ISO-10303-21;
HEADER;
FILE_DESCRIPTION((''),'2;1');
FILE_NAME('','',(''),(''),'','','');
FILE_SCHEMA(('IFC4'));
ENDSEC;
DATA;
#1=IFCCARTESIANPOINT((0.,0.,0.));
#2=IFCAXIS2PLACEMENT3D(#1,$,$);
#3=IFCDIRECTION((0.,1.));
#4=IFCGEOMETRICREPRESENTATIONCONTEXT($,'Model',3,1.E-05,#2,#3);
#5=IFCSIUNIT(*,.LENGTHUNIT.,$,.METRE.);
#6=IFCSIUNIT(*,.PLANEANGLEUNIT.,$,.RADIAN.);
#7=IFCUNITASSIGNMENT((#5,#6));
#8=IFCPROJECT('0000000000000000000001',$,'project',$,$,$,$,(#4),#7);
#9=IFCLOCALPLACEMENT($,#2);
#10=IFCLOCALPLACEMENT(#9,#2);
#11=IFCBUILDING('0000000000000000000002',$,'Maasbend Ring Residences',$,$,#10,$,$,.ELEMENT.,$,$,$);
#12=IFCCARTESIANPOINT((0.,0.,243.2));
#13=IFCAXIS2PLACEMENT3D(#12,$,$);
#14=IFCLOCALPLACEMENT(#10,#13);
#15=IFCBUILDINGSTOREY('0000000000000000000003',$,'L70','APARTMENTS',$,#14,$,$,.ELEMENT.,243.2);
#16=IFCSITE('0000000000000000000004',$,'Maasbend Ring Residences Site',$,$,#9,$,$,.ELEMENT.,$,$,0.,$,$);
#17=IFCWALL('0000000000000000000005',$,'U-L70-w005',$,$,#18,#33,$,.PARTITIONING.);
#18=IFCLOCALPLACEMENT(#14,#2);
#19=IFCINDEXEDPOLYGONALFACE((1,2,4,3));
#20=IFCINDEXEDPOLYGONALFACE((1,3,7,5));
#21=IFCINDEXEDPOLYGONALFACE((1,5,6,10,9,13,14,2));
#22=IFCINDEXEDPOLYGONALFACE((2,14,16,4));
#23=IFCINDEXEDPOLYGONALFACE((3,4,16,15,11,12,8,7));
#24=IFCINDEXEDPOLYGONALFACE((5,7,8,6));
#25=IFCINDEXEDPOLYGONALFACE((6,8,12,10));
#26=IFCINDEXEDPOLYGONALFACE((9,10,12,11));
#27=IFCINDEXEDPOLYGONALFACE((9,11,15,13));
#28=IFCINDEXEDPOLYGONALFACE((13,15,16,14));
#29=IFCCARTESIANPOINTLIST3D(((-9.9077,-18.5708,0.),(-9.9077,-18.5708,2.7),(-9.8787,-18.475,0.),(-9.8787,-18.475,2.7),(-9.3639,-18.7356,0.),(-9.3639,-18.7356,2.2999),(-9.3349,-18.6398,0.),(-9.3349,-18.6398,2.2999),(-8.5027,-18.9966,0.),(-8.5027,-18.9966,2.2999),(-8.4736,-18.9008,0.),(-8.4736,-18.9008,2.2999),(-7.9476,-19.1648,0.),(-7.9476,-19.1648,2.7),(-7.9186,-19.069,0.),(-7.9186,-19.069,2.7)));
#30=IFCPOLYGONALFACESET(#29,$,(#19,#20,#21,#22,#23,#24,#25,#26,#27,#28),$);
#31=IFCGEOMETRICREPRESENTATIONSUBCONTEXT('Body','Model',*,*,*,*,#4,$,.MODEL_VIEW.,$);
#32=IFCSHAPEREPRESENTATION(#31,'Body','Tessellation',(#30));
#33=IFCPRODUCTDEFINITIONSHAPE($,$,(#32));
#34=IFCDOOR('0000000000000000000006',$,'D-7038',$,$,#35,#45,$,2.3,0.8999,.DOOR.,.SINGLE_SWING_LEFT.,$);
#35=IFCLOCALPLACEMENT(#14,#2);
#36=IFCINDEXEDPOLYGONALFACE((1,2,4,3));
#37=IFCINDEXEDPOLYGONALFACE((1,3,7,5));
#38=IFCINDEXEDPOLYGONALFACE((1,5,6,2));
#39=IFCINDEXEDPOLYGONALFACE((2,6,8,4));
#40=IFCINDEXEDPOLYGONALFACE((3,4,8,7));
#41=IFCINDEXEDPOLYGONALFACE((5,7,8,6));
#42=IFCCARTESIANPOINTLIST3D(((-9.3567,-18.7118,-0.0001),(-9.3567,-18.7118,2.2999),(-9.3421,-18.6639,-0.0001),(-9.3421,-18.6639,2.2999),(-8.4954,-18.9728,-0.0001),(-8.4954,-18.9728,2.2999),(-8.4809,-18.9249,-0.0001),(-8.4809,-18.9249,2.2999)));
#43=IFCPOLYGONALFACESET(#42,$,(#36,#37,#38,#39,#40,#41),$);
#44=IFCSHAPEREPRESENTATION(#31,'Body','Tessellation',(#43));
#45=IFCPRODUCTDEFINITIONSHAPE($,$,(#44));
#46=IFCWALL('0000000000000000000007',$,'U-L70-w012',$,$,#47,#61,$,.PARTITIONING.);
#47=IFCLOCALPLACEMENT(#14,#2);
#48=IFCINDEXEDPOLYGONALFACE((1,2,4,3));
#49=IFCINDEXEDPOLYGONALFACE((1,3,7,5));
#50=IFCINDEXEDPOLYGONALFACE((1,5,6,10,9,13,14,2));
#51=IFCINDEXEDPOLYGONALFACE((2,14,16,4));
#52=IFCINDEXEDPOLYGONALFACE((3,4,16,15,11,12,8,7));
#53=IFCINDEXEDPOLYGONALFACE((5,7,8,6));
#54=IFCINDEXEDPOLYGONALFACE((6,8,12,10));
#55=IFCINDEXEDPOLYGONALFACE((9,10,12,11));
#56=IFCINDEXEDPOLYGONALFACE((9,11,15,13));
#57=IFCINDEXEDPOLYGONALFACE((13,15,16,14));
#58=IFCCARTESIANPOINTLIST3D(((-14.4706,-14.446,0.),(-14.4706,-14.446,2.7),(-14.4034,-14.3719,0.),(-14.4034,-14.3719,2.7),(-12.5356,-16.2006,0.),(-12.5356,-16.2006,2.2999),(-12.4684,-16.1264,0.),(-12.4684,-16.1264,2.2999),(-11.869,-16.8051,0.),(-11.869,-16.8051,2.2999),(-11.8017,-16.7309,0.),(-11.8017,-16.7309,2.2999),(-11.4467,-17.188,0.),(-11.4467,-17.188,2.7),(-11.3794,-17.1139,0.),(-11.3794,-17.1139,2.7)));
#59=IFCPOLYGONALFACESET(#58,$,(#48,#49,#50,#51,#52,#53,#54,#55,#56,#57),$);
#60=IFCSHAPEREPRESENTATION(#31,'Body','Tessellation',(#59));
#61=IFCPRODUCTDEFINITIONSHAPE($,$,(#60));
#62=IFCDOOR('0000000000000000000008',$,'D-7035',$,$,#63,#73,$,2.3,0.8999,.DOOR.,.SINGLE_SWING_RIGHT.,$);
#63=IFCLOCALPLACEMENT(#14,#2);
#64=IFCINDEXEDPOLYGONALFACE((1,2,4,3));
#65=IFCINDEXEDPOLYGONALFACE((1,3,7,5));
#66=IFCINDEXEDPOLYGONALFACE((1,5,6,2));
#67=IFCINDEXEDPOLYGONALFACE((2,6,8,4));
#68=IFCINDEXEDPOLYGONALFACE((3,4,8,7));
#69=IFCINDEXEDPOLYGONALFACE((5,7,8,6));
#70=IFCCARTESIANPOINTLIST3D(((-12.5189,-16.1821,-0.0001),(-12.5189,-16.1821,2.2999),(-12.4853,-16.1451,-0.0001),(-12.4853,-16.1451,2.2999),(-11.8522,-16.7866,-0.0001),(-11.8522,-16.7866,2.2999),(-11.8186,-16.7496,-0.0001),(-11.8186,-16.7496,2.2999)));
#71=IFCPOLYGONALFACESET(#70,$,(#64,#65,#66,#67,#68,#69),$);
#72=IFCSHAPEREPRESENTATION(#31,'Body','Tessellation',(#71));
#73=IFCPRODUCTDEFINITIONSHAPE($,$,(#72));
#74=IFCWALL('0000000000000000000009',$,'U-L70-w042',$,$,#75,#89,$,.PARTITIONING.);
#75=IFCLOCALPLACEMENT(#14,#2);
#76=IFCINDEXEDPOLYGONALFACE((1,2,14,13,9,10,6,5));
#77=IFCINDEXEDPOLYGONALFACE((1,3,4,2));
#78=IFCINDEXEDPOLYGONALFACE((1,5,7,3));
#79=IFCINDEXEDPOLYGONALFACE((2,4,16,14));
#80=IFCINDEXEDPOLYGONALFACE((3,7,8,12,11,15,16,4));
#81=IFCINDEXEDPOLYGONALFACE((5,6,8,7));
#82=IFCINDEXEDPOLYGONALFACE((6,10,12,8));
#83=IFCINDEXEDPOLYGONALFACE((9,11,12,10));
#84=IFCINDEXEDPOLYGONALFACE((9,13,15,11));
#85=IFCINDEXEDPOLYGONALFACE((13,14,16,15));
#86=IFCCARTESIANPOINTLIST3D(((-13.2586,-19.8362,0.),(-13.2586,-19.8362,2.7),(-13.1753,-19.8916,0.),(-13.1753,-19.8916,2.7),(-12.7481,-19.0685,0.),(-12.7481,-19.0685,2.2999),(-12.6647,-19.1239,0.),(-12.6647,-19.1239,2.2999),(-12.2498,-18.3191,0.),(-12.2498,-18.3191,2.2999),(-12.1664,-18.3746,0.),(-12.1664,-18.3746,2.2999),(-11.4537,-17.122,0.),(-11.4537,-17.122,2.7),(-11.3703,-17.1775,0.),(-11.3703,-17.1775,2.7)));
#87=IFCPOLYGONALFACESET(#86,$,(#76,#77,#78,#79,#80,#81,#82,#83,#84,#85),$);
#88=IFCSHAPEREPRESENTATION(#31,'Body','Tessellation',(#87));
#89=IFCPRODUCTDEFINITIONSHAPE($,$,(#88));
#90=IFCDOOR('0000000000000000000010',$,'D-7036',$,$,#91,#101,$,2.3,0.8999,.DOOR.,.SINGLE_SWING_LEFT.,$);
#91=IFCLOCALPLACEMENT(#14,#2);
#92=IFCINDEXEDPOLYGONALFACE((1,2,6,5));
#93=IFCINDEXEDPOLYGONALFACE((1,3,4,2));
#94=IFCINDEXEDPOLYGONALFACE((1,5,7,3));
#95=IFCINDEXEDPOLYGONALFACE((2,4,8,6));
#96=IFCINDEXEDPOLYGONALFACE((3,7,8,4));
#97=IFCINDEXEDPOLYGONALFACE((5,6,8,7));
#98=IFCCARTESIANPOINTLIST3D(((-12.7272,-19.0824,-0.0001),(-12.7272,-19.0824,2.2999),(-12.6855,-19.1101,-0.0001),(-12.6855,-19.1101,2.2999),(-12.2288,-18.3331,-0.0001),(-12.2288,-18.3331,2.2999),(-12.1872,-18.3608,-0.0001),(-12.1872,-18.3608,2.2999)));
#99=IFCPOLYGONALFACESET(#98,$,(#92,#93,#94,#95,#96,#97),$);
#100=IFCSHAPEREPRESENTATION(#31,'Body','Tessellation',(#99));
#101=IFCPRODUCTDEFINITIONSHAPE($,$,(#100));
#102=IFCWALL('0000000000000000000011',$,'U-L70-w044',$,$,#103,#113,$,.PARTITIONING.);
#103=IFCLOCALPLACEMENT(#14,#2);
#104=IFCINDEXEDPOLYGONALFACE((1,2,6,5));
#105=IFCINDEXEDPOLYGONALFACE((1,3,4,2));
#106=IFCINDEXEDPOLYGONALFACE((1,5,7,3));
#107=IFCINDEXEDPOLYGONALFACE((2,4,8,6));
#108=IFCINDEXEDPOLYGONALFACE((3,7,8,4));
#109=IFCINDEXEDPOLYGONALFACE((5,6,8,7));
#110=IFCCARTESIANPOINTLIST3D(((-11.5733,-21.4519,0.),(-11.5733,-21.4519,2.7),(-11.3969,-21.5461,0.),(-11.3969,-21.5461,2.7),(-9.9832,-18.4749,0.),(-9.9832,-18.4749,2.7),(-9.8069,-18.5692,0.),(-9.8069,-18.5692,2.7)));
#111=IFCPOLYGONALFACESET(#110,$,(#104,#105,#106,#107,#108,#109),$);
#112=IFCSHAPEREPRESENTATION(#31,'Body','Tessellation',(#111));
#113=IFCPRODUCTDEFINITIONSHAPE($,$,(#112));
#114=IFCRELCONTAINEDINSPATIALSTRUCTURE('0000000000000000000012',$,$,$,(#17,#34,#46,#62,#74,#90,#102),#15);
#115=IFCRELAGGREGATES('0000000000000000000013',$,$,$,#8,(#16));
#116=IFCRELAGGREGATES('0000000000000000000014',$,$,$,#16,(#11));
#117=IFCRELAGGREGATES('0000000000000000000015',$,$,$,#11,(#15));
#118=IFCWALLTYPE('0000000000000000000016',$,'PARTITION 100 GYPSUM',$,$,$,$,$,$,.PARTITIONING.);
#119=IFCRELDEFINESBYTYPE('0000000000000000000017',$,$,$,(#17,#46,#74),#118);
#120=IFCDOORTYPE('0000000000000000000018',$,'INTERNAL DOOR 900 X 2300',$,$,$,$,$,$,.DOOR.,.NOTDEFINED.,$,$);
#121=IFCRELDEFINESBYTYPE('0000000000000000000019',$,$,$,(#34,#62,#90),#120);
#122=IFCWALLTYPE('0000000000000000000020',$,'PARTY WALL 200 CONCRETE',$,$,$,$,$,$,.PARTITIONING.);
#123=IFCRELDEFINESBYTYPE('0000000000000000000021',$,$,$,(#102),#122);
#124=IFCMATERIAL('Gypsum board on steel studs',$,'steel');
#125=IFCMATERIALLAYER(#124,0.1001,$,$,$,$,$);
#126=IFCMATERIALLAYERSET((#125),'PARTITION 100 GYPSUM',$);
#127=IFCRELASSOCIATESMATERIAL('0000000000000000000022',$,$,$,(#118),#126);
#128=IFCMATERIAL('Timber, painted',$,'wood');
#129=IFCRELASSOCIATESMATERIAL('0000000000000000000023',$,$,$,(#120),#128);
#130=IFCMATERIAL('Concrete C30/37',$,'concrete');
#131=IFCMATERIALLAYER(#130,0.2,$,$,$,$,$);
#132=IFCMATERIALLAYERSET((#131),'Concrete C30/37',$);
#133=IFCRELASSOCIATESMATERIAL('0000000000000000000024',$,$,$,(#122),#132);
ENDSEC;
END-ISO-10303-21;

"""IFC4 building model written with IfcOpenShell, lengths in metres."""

from ifc_helpers import new_model, si_unit, direction, frame, frame_2d, origin, place, context, subcontext, project, spatial, rectangle, extrude, material, layer, layer_set, type_object, element, fill, save


model = new_model("IFC4")

# Units and contexts
model_context = context("Model", 3, precision=1e-05, world=origin(), true_north=direction((0.0, 1.0)))
body_context = subcontext(model_context, "Body", "Model", "MODEL_VIEW")
ifc_project = project(units=[si_unit("LENGTHUNIT", "METRE"), si_unit("PLANEANGLEUNIT", "RADIAN")], contexts=[model_context])

# Site, building, storey
site_placement = place(None, origin())
site = spatial("IfcSite", under=ifc_project, at=site_placement, Name="Maasbend Ring Residences Site", CompositionType="ELEMENT", RefElevation=0.0)
building_placement = place(site_placement, origin())
building = spatial("IfcBuilding", under=site, at=building_placement, Name="Maasbend Ring Residences", CompositionType="ELEMENT")
storey_placement = place(building_placement, frame((0.0, 0.0, 243.2)))
storey = spatial("IfcBuildingStorey", under=building, at=storey_placement, Name="L70", Description="APARTMENTS", CompositionType="ELEMENT", Elevation=243.2)

# Walls, openings, doors
ifc_material_1 = material(Name="Gypsum board on steel studs", Category="steel")
ifc_layer_1 = layer(ifc_material_1, 0.1001)
ifc_layer_set_1 = layer_set([ifc_layer_1], Name="PARTITION 100 GYPSUM")
wall_type_1 = type_object("IfcWallType", Name="PARTITION 100 GYPSUM", PredefinedType="PARTITIONING", material=ifc_layer_set_1)
wall_1_placement = place(storey_placement, frame((-9.8931, -18.5229, 0.0), z_axis=(0.0, 0.0, 1.0), x_axis=(0.957015, -0.290037, 0.0)))
wall_1 = element("IfcWall", 1, at=wall_1_placement, inside=storey, type_object=wall_type_1, Name="U-L70-w005", PredefinedType="PARTITIONING", context=body_context, shape_type="SweptSolid", body=[
    extrude(rectangle(XDim=2.0481, YDim=0.1001, at=frame_2d((1.0239, 0.0))), origin(), (0.0, 0.0, 1.0), 2.7),
])
opening_1_placement = place(wall_1_placement, frame((0.5681, 0.0, 0.0)))
opening_1 = element("IfcOpeningElement", 2, at=opening_1_placement, cuts=wall_1, PredefinedType="OPENING", context=body_context, shape_type="SweptSolid", body=[
    extrude(rectangle(XDim=0.8999, YDim=2.3, at=frame_2d((0.45, 1.1499))), frame((0.0, 0.0601, 0.0), z_axis=(0.0, -1.0, 0.0), x_axis=(1.0, 0.0, 0.0)), (0.0, 0.0, 1.0), 0.1201),
])
ifc_material_2 = material(Name="Timber, painted", Category="wood")
door_type_1 = type_object("IfcDoorType", Name="INTERNAL DOOR 900 X 2300", OperationType="NOTDEFINED", PredefinedType="DOOR", material=ifc_material_2)
door_1_placement = place(opening_1_placement, origin())
door_1 = element("IfcDoor", 3, at=door_1_placement, inside=storey, type_object=door_type_1, Name="D-7038", OperationType="SINGLE_SWING_LEFT", OverallHeight=2.3, OverallWidth=0.8999, PredefinedType="DOOR", context=body_context, shape_type="SweptSolid", body=[
    extrude(rectangle(XDim=0.8999, YDim=2.3, at=frame_2d((0.45, 1.1499))), frame((0.0, 0.0249, 0.0), z_axis=(0.0, -1.0, 0.0), x_axis=(1.0, 0.0, 0.0)), (0.0, 0.0, 1.0), 0.05),
])
fill(opening_1, door_1)
wall_2_placement = place(storey_placement, frame((-14.437, -14.4089, 0.0), z_axis=(0.0, 0.0, 1.0), x_axis=(0.740803, -0.671723, 0.0)))
wall_2 = element("IfcWall", 4, at=wall_2_placement, inside=storey, type_object=wall_type_1, Name="U-L70-w012", PredefinedType="PARTITIONING", context=body_context, shape_type="SweptSolid", body=[
    extrude(rectangle(XDim=4.082, YDim=0.1001, at=frame_2d((2.041, 0.0))), origin(), (0.0, 0.0, 1.0), 2.7),
])
opening_2_placement = place(wall_2_placement, frame((2.6121, 0.0, 0.0)))
opening_2 = element("IfcOpeningElement", 5, at=opening_2_placement, cuts=wall_2, PredefinedType="OPENING", context=body_context, shape_type="SweptSolid", body=[
    extrude(rectangle(XDim=0.8999, YDim=2.3, at=frame_2d((0.45, 1.1499))), frame((0.0, 0.0601, 0.0), z_axis=(0.0, -1.0, 0.0), x_axis=(1.0, 0.0, 0.0)), (0.0, 0.0, 1.0), 0.1201),
])
door_2_placement = place(opening_2_placement, origin())
door_2 = element("IfcDoor", 6, at=door_2_placement, inside=storey, type_object=door_type_1, Name="D-7035", OperationType="SINGLE_SWING_RIGHT", OverallHeight=2.3, OverallWidth=0.8999, PredefinedType="DOOR", context=body_context, shape_type="SweptSolid", body=[
    extrude(rectangle(XDim=0.8999, YDim=2.3, at=frame_2d((0.45, 1.1499))), frame((0.0, 0.0249, 0.0), z_axis=(0.0, -1.0, 0.0), x_axis=(1.0, 0.0, 0.0)), (0.0, 0.0, 1.0), 0.05),
])
fill(opening_2, door_2)
wall_3_placement = place(storey_placement, frame((-13.217, -19.864, 0.0), z_axis=(0.0, 0.0, 1.0), x_axis=(0.553749, 0.832684, 0.0)))
wall_3 = element("IfcWall", 7, at=wall_3_placement, inside=storey, type_object=wall_type_1, Name="U-L70-w042", PredefinedType="PARTITIONING", context=body_context, shape_type="SweptSolid", body=[
    extrude(rectangle(XDim=3.2595, YDim=0.1001, at=frame_2d((1.6299, 0.0))), origin(), (0.0, 0.0, 1.0), 2.7),
])
opening_3_placement = place(wall_3_placement, frame((0.9221, 0.0, 0.0)))
opening_3 = element("IfcOpeningElement", 8, at=opening_3_placement, cuts=wall_3, PredefinedType="OPENING", context=body_context, shape_type="SweptSolid", body=[
    extrude(rectangle(XDim=0.8999, YDim=2.3, at=frame_2d((0.45, 1.1499))), frame((0.0, 0.0601, 0.0), z_axis=(0.0, -1.0, 0.0), x_axis=(1.0, 0.0, 0.0)), (0.0, 0.0, 1.0), 0.1201),
])
door_3_placement = place(opening_3_placement, origin())
door_3 = element("IfcDoor", 9, at=door_3_placement, inside=storey, type_object=door_type_1, Name="D-7036", OperationType="SINGLE_SWING_LEFT", OverallHeight=2.3, OverallWidth=0.8999, PredefinedType="DOOR", context=body_context, shape_type="SweptSolid", body=[
    extrude(rectangle(XDim=0.8999, YDim=2.3, at=frame_2d((0.45, 1.1499))), frame((0.0, 0.0249, 0.0), z_axis=(0.0, -1.0, 0.0), x_axis=(1.0, 0.0, 0.0)), (0.0, 0.0, 1.0), 0.05),
])
fill(opening_3, door_3)

# Wall
ifc_material_3 = material(Name="Concrete C30/37", Category="concrete")
ifc_layer_2 = layer(ifc_material_3, 0.2)
ifc_layer_set_2 = layer_set([ifc_layer_2], Name="Concrete C30/37")
wall_type_2 = type_object("IfcWallType", Name="PARTY WALL 200 CONCRETE", PredefinedType="PARTITIONING", material=ifc_layer_set_2)
wall_4_placement = place(storey_placement, frame((-11.4851, -21.499, 0.0), z_axis=(0.0, 0.0, 1.0), x_axis=(0.471125, 0.882066, 0.0)))
element("IfcWall", 10, at=wall_4_placement, inside=storey, type_object=wall_type_2, Name="U-L70-w044", PredefinedType="PARTITIONING", context=body_context, shape_type="SweptSolid", body=[
    extrude(rectangle(XDim=3.375, YDim=0.2, at=frame_2d((1.6875, 0.0))), origin(), (0.0, 0.0, 1.0), 2.7),
])

save(model, "model.ifc")
